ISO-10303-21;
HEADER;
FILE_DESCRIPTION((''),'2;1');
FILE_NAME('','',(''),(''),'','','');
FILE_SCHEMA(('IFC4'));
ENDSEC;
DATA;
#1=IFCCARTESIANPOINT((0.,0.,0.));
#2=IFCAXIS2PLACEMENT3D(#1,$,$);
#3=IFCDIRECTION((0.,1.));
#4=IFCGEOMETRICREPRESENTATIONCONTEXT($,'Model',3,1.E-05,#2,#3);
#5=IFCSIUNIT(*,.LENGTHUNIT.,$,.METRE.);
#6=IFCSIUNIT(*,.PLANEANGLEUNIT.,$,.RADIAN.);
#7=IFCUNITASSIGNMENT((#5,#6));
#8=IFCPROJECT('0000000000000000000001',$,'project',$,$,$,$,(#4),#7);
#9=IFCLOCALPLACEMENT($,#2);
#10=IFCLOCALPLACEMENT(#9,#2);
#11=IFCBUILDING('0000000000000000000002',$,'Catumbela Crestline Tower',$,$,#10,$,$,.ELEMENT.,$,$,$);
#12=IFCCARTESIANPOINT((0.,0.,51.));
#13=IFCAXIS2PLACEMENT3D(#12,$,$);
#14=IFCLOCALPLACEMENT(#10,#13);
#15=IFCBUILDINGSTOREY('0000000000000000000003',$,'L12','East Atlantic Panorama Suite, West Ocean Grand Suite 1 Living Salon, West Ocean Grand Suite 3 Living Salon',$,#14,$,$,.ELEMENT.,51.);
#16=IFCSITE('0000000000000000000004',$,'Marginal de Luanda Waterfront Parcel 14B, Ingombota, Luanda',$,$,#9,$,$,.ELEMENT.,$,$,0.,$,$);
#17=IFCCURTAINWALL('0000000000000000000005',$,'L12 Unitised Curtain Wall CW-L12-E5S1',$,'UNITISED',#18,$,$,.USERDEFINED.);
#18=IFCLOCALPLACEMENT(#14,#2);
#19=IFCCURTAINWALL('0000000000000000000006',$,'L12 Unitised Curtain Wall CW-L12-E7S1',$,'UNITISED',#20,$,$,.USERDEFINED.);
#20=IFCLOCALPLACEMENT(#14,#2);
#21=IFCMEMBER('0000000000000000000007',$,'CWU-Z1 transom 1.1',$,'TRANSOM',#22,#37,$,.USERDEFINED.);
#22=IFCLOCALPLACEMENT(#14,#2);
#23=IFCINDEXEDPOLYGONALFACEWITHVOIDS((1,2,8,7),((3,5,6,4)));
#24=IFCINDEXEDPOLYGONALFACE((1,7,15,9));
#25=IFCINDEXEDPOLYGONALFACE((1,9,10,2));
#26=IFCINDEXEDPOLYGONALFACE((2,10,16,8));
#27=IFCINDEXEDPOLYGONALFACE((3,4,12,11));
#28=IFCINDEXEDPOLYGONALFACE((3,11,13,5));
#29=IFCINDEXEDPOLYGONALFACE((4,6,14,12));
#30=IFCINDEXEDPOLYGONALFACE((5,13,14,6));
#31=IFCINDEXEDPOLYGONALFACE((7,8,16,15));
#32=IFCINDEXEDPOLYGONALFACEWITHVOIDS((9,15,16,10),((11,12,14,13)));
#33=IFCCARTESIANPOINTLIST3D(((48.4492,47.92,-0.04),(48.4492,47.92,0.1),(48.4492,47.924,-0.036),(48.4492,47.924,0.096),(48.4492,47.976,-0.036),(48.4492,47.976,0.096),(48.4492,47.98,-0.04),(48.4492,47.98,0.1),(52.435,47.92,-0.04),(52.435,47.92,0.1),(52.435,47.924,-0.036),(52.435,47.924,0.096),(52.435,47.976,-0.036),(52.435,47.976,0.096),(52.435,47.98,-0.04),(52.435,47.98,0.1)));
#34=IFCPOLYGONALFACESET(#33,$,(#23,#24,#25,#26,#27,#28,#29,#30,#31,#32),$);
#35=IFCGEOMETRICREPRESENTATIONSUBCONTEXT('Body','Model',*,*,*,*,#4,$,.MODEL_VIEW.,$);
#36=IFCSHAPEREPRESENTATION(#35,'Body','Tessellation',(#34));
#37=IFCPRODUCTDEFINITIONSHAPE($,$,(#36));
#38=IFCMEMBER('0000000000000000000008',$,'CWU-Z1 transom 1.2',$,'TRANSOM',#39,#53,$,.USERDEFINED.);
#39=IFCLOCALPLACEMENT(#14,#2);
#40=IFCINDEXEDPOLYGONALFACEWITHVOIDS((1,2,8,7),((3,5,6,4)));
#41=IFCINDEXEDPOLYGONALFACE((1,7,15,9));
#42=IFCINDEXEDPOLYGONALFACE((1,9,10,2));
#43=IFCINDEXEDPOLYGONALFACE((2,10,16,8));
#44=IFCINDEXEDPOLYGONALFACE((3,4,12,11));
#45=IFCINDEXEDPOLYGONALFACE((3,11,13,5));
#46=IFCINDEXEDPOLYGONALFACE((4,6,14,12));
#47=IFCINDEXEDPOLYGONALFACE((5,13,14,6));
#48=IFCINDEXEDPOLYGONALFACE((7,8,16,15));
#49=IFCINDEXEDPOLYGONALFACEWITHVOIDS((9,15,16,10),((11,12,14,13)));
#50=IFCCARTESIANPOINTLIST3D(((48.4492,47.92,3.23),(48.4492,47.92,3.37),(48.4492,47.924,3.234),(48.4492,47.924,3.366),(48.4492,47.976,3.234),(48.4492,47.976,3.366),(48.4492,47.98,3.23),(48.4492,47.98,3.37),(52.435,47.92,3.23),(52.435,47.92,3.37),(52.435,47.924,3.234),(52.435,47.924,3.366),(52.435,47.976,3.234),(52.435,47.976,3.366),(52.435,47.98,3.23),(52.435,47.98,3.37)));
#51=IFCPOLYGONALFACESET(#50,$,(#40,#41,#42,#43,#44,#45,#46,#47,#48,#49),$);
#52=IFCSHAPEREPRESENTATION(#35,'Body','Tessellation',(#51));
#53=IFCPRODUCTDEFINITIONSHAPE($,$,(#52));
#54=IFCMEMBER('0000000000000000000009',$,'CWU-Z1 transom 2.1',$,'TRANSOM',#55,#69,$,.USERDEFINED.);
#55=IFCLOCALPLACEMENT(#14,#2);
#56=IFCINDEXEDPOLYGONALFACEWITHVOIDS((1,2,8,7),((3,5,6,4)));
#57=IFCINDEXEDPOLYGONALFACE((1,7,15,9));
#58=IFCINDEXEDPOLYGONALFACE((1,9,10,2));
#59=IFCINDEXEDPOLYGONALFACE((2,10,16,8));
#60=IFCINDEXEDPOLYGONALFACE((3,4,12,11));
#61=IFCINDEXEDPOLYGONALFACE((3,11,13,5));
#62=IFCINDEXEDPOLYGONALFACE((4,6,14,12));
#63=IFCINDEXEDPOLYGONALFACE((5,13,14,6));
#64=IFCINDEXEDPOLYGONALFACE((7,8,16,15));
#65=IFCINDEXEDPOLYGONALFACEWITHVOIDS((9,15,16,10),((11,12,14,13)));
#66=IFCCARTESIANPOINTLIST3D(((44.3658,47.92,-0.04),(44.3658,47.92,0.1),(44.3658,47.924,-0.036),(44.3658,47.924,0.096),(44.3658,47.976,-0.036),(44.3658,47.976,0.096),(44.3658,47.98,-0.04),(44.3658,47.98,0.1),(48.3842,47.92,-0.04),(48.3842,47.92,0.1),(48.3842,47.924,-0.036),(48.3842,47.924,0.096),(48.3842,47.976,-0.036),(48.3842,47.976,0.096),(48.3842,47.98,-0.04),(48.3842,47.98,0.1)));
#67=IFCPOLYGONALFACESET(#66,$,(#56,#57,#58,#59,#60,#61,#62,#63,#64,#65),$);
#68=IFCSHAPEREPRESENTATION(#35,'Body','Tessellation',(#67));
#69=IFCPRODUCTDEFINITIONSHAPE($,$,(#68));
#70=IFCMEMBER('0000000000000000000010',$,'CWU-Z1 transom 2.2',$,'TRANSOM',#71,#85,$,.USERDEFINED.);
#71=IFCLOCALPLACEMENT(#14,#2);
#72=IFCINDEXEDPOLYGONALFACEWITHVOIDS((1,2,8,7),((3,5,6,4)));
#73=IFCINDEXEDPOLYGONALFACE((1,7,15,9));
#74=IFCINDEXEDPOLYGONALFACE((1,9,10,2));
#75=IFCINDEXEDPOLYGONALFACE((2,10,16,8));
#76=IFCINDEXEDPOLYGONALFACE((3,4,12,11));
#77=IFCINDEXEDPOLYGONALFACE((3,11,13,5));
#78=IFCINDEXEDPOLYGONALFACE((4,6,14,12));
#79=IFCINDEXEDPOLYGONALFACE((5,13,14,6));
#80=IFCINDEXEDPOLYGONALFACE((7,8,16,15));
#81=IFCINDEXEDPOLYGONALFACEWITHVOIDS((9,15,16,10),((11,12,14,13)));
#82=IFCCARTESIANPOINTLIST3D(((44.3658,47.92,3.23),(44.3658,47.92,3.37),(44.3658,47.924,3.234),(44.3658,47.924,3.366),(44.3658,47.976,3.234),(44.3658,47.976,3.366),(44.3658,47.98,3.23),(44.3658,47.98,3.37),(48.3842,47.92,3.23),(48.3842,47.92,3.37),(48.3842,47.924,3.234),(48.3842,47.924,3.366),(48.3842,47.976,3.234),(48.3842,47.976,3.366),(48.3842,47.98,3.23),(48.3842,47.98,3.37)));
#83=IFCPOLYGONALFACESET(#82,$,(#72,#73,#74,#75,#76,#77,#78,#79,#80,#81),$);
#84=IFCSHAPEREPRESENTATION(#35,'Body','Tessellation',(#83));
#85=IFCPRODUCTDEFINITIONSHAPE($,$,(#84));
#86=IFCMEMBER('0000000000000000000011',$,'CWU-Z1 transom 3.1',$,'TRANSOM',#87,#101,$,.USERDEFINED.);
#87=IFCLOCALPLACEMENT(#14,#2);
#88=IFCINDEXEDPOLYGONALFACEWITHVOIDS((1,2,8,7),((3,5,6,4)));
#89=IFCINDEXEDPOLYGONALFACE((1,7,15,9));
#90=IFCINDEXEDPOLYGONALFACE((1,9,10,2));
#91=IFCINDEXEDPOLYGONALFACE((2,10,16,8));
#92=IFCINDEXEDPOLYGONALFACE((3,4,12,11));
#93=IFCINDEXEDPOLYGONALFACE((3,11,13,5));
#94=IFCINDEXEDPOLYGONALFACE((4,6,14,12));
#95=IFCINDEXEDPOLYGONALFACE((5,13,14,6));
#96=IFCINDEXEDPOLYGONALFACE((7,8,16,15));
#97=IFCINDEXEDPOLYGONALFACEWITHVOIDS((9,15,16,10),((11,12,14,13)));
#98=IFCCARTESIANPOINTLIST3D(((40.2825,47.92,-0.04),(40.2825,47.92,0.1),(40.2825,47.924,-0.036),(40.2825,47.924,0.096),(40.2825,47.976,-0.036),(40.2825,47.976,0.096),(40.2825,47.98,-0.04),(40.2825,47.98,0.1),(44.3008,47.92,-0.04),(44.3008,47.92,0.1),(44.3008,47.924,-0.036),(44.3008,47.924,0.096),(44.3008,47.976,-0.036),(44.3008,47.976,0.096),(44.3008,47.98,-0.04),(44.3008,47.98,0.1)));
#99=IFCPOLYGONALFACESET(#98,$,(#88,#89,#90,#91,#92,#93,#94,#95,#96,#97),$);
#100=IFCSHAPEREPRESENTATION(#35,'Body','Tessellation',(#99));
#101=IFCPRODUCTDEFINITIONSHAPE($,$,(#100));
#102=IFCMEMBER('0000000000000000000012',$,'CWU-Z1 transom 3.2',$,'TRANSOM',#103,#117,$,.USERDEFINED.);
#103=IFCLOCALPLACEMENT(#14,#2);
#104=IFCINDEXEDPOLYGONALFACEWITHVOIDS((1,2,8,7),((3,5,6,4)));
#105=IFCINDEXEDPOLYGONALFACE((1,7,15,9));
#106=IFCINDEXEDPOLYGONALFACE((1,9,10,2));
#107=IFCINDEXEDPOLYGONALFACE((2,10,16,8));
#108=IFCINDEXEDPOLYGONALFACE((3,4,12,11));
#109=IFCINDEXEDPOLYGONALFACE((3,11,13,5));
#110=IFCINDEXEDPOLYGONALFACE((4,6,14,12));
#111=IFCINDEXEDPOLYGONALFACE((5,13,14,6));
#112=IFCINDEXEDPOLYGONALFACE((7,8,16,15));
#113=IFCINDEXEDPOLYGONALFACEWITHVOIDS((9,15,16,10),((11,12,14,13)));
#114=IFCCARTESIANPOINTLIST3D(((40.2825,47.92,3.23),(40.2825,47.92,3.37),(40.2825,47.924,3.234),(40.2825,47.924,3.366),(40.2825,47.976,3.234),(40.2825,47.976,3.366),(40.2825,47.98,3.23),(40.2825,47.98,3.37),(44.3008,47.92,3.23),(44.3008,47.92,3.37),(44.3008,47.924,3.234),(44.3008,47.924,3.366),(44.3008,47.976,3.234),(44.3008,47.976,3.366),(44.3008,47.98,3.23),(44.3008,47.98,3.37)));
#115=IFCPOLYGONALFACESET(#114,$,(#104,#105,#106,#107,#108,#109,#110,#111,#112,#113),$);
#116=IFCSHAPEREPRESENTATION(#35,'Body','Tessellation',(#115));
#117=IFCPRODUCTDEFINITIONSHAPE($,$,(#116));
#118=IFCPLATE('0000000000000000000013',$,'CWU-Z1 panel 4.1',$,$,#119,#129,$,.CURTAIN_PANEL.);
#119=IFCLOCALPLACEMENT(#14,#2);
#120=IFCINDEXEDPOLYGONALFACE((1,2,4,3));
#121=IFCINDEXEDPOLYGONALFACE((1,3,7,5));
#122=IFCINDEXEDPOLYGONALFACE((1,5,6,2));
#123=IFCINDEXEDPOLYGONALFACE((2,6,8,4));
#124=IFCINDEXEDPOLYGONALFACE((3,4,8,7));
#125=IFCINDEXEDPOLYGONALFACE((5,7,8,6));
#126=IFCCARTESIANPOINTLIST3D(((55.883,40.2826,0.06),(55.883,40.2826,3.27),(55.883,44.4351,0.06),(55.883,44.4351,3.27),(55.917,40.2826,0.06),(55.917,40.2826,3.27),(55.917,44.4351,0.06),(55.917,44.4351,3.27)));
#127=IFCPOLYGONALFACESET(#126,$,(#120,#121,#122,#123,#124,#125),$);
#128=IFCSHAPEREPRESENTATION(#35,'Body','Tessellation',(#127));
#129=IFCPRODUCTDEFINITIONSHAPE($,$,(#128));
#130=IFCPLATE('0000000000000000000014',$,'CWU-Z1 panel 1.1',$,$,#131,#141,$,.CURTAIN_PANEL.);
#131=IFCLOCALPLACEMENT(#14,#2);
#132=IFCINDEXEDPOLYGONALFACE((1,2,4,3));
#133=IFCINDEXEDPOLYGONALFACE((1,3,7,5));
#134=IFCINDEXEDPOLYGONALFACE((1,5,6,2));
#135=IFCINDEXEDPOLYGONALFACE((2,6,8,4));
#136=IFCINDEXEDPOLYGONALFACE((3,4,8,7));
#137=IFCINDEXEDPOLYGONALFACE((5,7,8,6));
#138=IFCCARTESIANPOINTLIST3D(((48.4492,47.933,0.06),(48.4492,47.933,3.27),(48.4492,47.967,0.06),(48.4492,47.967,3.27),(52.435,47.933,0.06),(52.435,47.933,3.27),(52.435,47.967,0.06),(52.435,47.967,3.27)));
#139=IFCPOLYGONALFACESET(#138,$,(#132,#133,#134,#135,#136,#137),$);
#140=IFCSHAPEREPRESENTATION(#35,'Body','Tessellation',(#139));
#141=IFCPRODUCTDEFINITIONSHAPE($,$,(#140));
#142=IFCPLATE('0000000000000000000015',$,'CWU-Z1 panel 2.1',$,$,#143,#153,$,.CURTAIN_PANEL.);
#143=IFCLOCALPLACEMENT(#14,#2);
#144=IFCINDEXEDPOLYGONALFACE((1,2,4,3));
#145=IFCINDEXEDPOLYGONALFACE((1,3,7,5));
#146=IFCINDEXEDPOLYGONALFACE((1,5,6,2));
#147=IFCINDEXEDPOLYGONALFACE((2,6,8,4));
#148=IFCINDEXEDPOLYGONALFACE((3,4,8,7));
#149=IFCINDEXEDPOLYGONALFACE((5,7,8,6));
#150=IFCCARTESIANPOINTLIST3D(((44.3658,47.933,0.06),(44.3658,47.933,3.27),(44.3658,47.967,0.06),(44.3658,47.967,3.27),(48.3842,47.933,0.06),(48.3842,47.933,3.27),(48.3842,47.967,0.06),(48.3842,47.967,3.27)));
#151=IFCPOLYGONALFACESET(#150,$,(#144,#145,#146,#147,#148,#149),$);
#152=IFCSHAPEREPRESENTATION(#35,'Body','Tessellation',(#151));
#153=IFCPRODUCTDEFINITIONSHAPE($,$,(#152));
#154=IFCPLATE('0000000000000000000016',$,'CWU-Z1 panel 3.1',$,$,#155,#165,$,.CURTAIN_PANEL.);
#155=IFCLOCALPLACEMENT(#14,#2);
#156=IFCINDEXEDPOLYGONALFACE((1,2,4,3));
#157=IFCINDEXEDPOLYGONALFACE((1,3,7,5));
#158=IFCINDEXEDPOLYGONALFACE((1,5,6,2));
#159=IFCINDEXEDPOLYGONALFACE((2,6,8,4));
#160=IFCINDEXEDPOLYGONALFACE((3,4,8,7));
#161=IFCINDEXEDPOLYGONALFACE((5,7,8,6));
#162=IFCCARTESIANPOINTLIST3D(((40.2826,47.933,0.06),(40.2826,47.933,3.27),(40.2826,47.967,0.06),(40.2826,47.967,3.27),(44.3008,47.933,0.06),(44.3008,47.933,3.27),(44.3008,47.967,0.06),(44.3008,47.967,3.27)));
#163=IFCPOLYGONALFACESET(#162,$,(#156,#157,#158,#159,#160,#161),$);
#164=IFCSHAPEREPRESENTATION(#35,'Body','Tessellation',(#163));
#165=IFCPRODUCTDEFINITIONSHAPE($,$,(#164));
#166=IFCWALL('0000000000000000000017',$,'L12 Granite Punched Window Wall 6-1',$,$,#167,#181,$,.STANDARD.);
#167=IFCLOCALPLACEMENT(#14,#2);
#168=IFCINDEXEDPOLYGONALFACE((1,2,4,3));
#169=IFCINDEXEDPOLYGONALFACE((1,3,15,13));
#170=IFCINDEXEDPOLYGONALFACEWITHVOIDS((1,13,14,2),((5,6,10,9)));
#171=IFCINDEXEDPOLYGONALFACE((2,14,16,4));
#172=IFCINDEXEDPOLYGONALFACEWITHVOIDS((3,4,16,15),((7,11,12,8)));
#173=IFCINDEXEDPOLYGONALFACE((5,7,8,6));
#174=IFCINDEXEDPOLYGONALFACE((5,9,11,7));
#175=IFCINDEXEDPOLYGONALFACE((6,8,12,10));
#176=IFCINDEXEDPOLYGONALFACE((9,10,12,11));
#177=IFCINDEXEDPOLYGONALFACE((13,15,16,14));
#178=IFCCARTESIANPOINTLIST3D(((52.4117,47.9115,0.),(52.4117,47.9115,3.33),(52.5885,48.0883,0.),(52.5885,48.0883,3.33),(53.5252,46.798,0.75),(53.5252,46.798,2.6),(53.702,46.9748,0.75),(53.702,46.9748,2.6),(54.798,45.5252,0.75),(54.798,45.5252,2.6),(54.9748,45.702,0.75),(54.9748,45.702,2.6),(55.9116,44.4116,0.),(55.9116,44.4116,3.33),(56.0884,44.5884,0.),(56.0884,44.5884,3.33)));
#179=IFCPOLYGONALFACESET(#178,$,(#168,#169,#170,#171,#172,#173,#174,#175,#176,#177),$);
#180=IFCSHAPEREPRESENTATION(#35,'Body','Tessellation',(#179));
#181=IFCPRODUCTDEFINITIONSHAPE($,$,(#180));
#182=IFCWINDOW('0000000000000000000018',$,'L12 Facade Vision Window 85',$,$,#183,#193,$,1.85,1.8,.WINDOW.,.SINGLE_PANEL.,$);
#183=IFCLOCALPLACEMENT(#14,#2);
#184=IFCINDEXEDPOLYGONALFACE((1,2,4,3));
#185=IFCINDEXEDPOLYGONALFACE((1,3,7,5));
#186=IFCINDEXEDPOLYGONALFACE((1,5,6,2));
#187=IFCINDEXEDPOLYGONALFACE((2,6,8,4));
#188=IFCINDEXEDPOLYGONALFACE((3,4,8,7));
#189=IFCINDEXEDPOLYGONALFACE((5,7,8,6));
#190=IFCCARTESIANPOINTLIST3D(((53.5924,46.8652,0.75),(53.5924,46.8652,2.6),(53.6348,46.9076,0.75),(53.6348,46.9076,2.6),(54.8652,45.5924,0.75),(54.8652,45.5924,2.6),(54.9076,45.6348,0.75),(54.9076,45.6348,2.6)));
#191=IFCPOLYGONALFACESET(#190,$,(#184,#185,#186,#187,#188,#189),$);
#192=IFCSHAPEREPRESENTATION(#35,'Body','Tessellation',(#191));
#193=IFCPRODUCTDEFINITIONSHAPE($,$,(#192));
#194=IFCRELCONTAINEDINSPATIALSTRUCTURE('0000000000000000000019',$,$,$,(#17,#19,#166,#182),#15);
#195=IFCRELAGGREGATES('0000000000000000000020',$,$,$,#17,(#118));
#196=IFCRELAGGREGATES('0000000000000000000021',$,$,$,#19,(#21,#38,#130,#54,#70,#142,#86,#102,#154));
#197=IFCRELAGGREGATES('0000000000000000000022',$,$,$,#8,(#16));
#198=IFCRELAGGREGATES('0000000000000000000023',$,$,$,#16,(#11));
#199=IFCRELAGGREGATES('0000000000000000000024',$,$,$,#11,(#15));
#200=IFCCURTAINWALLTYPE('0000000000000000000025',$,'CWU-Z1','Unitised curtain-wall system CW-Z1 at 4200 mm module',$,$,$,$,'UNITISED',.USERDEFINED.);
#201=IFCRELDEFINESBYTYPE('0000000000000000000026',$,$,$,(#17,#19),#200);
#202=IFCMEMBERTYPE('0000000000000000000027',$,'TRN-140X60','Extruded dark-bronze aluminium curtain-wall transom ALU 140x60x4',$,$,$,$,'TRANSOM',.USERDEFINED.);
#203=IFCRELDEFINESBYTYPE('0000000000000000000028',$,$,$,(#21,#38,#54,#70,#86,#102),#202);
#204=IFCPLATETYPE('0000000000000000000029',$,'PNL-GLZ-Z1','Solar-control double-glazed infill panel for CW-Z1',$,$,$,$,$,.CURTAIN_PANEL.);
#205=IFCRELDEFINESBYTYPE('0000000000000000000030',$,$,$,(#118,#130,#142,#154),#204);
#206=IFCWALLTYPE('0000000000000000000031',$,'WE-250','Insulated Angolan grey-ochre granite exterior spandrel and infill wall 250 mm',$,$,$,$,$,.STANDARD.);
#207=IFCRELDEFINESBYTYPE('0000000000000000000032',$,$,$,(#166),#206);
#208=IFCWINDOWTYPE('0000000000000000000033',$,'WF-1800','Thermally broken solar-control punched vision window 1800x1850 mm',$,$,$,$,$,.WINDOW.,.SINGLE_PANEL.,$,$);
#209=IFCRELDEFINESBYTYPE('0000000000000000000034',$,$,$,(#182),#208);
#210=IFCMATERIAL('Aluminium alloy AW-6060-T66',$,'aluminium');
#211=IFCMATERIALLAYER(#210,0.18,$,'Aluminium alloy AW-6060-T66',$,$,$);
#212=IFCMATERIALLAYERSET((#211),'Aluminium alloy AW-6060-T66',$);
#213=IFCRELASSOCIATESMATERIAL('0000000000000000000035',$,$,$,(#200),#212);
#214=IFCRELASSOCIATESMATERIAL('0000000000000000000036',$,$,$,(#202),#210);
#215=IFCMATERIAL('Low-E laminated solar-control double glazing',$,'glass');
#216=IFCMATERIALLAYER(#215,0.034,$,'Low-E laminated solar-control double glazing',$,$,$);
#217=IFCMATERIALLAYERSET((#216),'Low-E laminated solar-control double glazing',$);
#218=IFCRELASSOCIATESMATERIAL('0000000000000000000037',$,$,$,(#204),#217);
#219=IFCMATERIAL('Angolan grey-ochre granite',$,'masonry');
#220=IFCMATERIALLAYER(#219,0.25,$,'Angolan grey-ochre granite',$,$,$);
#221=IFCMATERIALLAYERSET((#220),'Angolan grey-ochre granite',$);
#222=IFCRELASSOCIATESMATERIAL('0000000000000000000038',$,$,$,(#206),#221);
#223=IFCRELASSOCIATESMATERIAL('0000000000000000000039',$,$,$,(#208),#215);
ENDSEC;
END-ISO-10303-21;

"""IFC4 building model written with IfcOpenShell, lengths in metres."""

from ifc_helpers import new_model, si_unit, direction, frame, frame_2d, origin, origin_2d, place, context, subcontext, project, spatial, rectangle, hollow_rectangle, extrude, material, layer, layer_set, material_profile, profile_set, type_object, element, fill, aggregate, save


model = new_model("IFC4")

# Units and contexts
model_context = context("Model", 3, precision=1e-05, world=origin(), true_north=direction((0.0, 1.0)))
body_context = subcontext(model_context, "Body", "Model", "MODEL_VIEW")
ifc_project = project(units=[si_unit("LENGTHUNIT", "METRE"), si_unit("PLANEANGLEUNIT", "RADIAN")], contexts=[model_context])

# Site, building, storey
site_placement = place(None, origin())
site = spatial("IfcSite", under=ifc_project, at=site_placement, Name="Marginal de Luanda Waterfront Parcel 14B, Ingombota, Luanda", CompositionType="ELEMENT", RefElevation=0.0)
building_placement = place(site_placement, origin())
building = spatial("IfcBuilding", under=site, at=building_placement, Name="Catumbela Crestline Tower", CompositionType="ELEMENT")
storey_placement = place(building_placement, frame((0.0, 0.0, 51.0)))
storey = spatial("IfcBuildingStorey", under=building, at=storey_placement, Name="L12", Description="East Atlantic Panorama Suite, West Ocean Grand Suite 1 Living Salon, West Ocean Grand Suite 3 Living Salon", CompositionType="ELEMENT", Elevation=51.0)

# Curtain walls
ifc_material_1 = material(Name="Aluminium alloy AW-6060-T66", Category="aluminium")
ifc_layer_1 = layer(ifc_material_1, 0.18, Name="Aluminium alloy AW-6060-T66")
ifc_layer_set_1 = layer_set([ifc_layer_1], Name="Aluminium alloy AW-6060-T66")
curtain_wall_type = type_object("IfcCurtainWallType", Name="CWU-Z1", Description="Unitised curtain-wall system CW-Z1 at 4200 mm module", ElementType="UNITISED", PredefinedType="USERDEFINED", material=ifc_layer_set_1)
curtain_wall_1_placement = place(storey_placement, origin())
curtain_wall_1 = element("IfcCurtainWall", 1, at=curtain_wall_1_placement, inside=storey, type_object=curtain_wall_type, Name="L12 Unitised Curtain Wall CW-L12-E5S1", ObjectType="UNITISED", PredefinedType="USERDEFINED")
curtain_wall_2_placement = place(storey_placement, origin())
curtain_wall_2 = element("IfcCurtainWall", 2, at=curtain_wall_2_placement, inside=storey, type_object=curtain_wall_type, Name="L12 Unitised Curtain Wall CW-L12-E7S1", ObjectType="UNITISED", PredefinedType="USERDEFINED")

# Members
ifc_material_profile_1 = material_profile(ifc_material_1, hollow_rectangle(XDim=0.06, YDim=0.14, WallThickness=0.004, at=origin_2d()), Name="ALU 140x60x4")
ifc_profile_set_1 = profile_set([ifc_material_profile_1], Name="Aluminium alloy AW-6060-T66")
member_type_1 = type_object("IfcMemberType", Name="TRN-140X60", Description="Extruded dark-bronze aluminium curtain-wall transom ALU 140x60x4", ElementType="TRANSOM", PredefinedType="USERDEFINED", material=ifc_profile_set_1)
member_1_placement = place(storey_placement, frame((52.435, 47.95, 0.03), z_axis=(-1.0, 0.0, 0.0), x_axis=(0.0, -1.0, 0.0)))
member_1 = element("IfcMember", 3, at=member_1_placement, type_object=member_type_1, Name="CWU-Z1 transom 1.1", ObjectType="TRANSOM", PredefinedType="USERDEFINED", context=body_context, shape_type="SweptSolid", body=[
    extrude(hollow_rectangle(XDim=0.06, YDim=0.14, WallThickness=0.004, at=origin_2d()), origin(), (0.0, 0.0, 1.0), 3.9858),
])
member_2_placement = place(storey_placement, frame((52.435, 47.95, 3.3), z_axis=(-1.0, 0.0, 0.0), x_axis=(0.0, -1.0, 0.0)))
member_2 = element("IfcMember", 4, at=member_2_placement, type_object=member_type_1, Name="CWU-Z1 transom 1.2", ObjectType="TRANSOM", PredefinedType="USERDEFINED", context=body_context, shape_type="SweptSolid", body=[
    extrude(hollow_rectangle(XDim=0.06, YDim=0.14, WallThickness=0.004, at=origin_2d()), origin(), (0.0, 0.0, 1.0), 3.9858),
])
member_3_placement = place(storey_placement, frame((48.3842, 47.95, 0.03), z_axis=(-1.0, 0.0, 0.0), x_axis=(0.0, -1.0, 0.0)))
member_3 = element("IfcMember", 5, at=member_3_placement, type_object=member_type_1, Name="CWU-Z1 transom 2.1", ObjectType="TRANSOM", PredefinedType="USERDEFINED", context=body_context, shape_type="SweptSolid", body=[
    extrude(hollow_rectangle(XDim=0.06, YDim=0.14, WallThickness=0.004, at=origin_2d()), origin(), (0.0, 0.0, 1.0), 4.0184),
])
member_4_placement = place(storey_placement, frame((48.3842, 47.95, 3.3), z_axis=(-1.0, 0.0, 0.0), x_axis=(0.0, -1.0, 0.0)))
member_4 = element("IfcMember", 6, at=member_4_placement, type_object=member_type_1, Name="CWU-Z1 transom 2.2", ObjectType="TRANSOM", PredefinedType="USERDEFINED", context=body_context, shape_type="SweptSolid", body=[
    extrude(hollow_rectangle(XDim=0.06, YDim=0.14, WallThickness=0.004, at=origin_2d()), origin(), (0.0, 0.0, 1.0), 4.0184),
])
member_5_placement = place(storey_placement, frame((44.3008, 47.95, 0.03), z_axis=(-1.0, 0.0, 0.0), x_axis=(0.0, -1.0, 0.0)))
member_5 = element("IfcMember", 7, at=member_5_placement, type_object=member_type_1, Name="CWU-Z1 transom 3.1", ObjectType="TRANSOM", PredefinedType="USERDEFINED", context=body_context, shape_type="SweptSolid", body=[
    extrude(hollow_rectangle(XDim=0.06, YDim=0.14, WallThickness=0.004, at=origin_2d()), origin(), (0.0, 0.0, 1.0), 4.0183),
])
member_6_placement = place(storey_placement, frame((44.3008, 47.95, 3.3), z_axis=(-1.0, 0.0, 0.0), x_axis=(0.0, -1.0, 0.0)))
member_6 = element("IfcMember", 8, at=member_6_placement, type_object=member_type_1, Name="CWU-Z1 transom 3.2", ObjectType="TRANSOM", PredefinedType="USERDEFINED", context=body_context, shape_type="SweptSolid", body=[
    extrude(hollow_rectangle(XDim=0.06, YDim=0.14, WallThickness=0.004, at=origin_2d()), origin(), (0.0, 0.0, 1.0), 4.0183),
])

# Plates
ifc_material_2 = material(Name="Low-E laminated solar-control double glazing", Category="glass")
ifc_layer_2 = layer(ifc_material_2, 0.034, Name="Low-E laminated solar-control double glazing")
ifc_layer_set_2 = layer_set([ifc_layer_2], Name="Low-E laminated solar-control double glazing")
plate_type = type_object("IfcPlateType", Name="PNL-GLZ-Z1", Description="Solar-control double-glazed infill panel for CW-Z1", PredefinedType="CURTAIN_PANEL", material=ifc_layer_set_2)
plate_1_placement = place(storey_placement, frame((55.9, 42.3588, 0.06), z_axis=(0.0, 0.0, 1.0), x_axis=(0.0, 1.0, 0.0)))
plate_1 = element("IfcPlate", 9, at=plate_1_placement, type_object=plate_type, Name="CWU-Z1 panel 4.1", PredefinedType="CURTAIN_PANEL", context=body_context, shape_type="SweptSolid", body=[
    extrude(rectangle(XDim=4.1525, YDim=0.034, at=origin_2d()), origin(), (0.0, 0.0, 1.0), 3.21),
])
aggregate(curtain_wall_1, [plate_1])
plate_2_placement = place(storey_placement, frame((50.4421, 47.95, 0.06), z_axis=(0.0, 0.0, 1.0), x_axis=(-1.0, 0.0, 0.0)))
plate_2 = element("IfcPlate", 10, at=plate_2_placement, type_object=plate_type, Name="CWU-Z1 panel 1.1", PredefinedType="CURTAIN_PANEL", context=body_context, shape_type="SweptSolid", body=[
    extrude(rectangle(XDim=3.9858, YDim=0.034, at=origin_2d()), origin(), (0.0, 0.0, 1.0), 3.21),
])
plate_3_placement = place(storey_placement, frame((46.375, 47.95, 0.06), z_axis=(0.0, 0.0, 1.0), x_axis=(-1.0, 0.0, 0.0)))
plate_3 = element("IfcPlate", 11, at=plate_3_placement, type_object=plate_type, Name="CWU-Z1 panel 2.1", PredefinedType="CURTAIN_PANEL", context=body_context, shape_type="SweptSolid", body=[
    extrude(rectangle(XDim=4.0183, YDim=0.034, at=origin_2d()), origin(), (0.0, 0.0, 1.0), 3.21),
])
plate_4_placement = place(storey_placement, frame((42.2917, 47.95, 0.06), z_axis=(0.0, 0.0, 1.0), x_axis=(-1.0, 0.0, 0.0)))
plate_4 = element("IfcPlate", 12, at=plate_4_placement, type_object=plate_type, Name="CWU-Z1 panel 3.1", PredefinedType="CURTAIN_PANEL", context=body_context, shape_type="SweptSolid", body=[
    extrude(rectangle(XDim=4.0183, YDim=0.034, at=origin_2d()), origin(), (0.0, 0.0, 1.0), 3.21),
])
aggregate(curtain_wall_2, [member_1, member_2, plate_2, member_3, member_4, plate_3, member_5, member_6, plate_4])

# Wall, opening, window
ifc_material_3 = material(Name="Angolan grey-ochre granite", Category="masonry")
ifc_layer_3 = layer(ifc_material_3, 0.25, Name="Angolan grey-ochre granite")
ifc_layer_set_3 = layer_set([ifc_layer_3], Name="Angolan grey-ochre granite")
wall_type = type_object("IfcWallType", Name="WE-250", Description="Insulated Angolan grey-ochre granite exterior spandrel and infill wall 250 mm", PredefinedType="STANDARD", material=ifc_layer_set_3)
wall_placement = place(storey_placement, frame((56.0, 44.5, 0.0), z_axis=(0.0, 0.0, 1.0), x_axis=(-0.707107, 0.707107, 0.0)))
wall = element("IfcWall", 13, at=wall_placement, inside=storey, type_object=wall_type, Name="L12 Granite Punched Window Wall 6-1", PredefinedType="STANDARD", context=body_context, shape_type="SweptSolid", body=[
    extrude(rectangle(XDim=4.9497, YDim=0.25, at=frame_2d((2.4748, 0.0))), origin(), (0.0, 0.0, 1.0), 3.33),
])
opening_placement = place(wall_placement, frame((1.5749, 0.0, 0.75)))
opening = element("IfcOpeningElement", 14, at=opening_placement, cuts=wall, PredefinedType="OPENING", context=body_context, shape_type="SweptSolid", body=[
    extrude(rectangle(XDim=1.8, YDim=1.85, at=frame_2d((0.9, 0.925))), frame((0.0, 0.135, 0.0), z_axis=(0.0, -1.0, 0.0), x_axis=(1.0, 0.0, 0.0)), (0.0, 0.0, 1.0), 0.27),
])
window_type = type_object("IfcWindowType", Name="WF-1800", Description="Thermally broken solar-control punched vision window 1800x1850 mm", PartitioningType="SINGLE_PANEL", PredefinedType="WINDOW", material=ifc_material_2)
window_placement = place(opening_placement, origin())
window = element("IfcWindow", 15, at=window_placement, inside=storey, type_object=window_type, Name="L12 Facade Vision Window 85", OverallHeight=1.85, OverallWidth=1.8, PartitioningType="SINGLE_PANEL", PredefinedType="WINDOW", context=body_context, shape_type="SweptSolid", body=[
    extrude(rectangle(XDim=1.8, YDim=1.85, at=frame_2d((0.9, 0.925))), frame((0.0, 0.03, 0.0), z_axis=(0.0, -1.0, 0.0), x_axis=(1.0, 0.0, 0.0)), (0.0, 0.0, 1.0), 0.06),
])
fill(opening, window)

save(model, "model.ifc")
